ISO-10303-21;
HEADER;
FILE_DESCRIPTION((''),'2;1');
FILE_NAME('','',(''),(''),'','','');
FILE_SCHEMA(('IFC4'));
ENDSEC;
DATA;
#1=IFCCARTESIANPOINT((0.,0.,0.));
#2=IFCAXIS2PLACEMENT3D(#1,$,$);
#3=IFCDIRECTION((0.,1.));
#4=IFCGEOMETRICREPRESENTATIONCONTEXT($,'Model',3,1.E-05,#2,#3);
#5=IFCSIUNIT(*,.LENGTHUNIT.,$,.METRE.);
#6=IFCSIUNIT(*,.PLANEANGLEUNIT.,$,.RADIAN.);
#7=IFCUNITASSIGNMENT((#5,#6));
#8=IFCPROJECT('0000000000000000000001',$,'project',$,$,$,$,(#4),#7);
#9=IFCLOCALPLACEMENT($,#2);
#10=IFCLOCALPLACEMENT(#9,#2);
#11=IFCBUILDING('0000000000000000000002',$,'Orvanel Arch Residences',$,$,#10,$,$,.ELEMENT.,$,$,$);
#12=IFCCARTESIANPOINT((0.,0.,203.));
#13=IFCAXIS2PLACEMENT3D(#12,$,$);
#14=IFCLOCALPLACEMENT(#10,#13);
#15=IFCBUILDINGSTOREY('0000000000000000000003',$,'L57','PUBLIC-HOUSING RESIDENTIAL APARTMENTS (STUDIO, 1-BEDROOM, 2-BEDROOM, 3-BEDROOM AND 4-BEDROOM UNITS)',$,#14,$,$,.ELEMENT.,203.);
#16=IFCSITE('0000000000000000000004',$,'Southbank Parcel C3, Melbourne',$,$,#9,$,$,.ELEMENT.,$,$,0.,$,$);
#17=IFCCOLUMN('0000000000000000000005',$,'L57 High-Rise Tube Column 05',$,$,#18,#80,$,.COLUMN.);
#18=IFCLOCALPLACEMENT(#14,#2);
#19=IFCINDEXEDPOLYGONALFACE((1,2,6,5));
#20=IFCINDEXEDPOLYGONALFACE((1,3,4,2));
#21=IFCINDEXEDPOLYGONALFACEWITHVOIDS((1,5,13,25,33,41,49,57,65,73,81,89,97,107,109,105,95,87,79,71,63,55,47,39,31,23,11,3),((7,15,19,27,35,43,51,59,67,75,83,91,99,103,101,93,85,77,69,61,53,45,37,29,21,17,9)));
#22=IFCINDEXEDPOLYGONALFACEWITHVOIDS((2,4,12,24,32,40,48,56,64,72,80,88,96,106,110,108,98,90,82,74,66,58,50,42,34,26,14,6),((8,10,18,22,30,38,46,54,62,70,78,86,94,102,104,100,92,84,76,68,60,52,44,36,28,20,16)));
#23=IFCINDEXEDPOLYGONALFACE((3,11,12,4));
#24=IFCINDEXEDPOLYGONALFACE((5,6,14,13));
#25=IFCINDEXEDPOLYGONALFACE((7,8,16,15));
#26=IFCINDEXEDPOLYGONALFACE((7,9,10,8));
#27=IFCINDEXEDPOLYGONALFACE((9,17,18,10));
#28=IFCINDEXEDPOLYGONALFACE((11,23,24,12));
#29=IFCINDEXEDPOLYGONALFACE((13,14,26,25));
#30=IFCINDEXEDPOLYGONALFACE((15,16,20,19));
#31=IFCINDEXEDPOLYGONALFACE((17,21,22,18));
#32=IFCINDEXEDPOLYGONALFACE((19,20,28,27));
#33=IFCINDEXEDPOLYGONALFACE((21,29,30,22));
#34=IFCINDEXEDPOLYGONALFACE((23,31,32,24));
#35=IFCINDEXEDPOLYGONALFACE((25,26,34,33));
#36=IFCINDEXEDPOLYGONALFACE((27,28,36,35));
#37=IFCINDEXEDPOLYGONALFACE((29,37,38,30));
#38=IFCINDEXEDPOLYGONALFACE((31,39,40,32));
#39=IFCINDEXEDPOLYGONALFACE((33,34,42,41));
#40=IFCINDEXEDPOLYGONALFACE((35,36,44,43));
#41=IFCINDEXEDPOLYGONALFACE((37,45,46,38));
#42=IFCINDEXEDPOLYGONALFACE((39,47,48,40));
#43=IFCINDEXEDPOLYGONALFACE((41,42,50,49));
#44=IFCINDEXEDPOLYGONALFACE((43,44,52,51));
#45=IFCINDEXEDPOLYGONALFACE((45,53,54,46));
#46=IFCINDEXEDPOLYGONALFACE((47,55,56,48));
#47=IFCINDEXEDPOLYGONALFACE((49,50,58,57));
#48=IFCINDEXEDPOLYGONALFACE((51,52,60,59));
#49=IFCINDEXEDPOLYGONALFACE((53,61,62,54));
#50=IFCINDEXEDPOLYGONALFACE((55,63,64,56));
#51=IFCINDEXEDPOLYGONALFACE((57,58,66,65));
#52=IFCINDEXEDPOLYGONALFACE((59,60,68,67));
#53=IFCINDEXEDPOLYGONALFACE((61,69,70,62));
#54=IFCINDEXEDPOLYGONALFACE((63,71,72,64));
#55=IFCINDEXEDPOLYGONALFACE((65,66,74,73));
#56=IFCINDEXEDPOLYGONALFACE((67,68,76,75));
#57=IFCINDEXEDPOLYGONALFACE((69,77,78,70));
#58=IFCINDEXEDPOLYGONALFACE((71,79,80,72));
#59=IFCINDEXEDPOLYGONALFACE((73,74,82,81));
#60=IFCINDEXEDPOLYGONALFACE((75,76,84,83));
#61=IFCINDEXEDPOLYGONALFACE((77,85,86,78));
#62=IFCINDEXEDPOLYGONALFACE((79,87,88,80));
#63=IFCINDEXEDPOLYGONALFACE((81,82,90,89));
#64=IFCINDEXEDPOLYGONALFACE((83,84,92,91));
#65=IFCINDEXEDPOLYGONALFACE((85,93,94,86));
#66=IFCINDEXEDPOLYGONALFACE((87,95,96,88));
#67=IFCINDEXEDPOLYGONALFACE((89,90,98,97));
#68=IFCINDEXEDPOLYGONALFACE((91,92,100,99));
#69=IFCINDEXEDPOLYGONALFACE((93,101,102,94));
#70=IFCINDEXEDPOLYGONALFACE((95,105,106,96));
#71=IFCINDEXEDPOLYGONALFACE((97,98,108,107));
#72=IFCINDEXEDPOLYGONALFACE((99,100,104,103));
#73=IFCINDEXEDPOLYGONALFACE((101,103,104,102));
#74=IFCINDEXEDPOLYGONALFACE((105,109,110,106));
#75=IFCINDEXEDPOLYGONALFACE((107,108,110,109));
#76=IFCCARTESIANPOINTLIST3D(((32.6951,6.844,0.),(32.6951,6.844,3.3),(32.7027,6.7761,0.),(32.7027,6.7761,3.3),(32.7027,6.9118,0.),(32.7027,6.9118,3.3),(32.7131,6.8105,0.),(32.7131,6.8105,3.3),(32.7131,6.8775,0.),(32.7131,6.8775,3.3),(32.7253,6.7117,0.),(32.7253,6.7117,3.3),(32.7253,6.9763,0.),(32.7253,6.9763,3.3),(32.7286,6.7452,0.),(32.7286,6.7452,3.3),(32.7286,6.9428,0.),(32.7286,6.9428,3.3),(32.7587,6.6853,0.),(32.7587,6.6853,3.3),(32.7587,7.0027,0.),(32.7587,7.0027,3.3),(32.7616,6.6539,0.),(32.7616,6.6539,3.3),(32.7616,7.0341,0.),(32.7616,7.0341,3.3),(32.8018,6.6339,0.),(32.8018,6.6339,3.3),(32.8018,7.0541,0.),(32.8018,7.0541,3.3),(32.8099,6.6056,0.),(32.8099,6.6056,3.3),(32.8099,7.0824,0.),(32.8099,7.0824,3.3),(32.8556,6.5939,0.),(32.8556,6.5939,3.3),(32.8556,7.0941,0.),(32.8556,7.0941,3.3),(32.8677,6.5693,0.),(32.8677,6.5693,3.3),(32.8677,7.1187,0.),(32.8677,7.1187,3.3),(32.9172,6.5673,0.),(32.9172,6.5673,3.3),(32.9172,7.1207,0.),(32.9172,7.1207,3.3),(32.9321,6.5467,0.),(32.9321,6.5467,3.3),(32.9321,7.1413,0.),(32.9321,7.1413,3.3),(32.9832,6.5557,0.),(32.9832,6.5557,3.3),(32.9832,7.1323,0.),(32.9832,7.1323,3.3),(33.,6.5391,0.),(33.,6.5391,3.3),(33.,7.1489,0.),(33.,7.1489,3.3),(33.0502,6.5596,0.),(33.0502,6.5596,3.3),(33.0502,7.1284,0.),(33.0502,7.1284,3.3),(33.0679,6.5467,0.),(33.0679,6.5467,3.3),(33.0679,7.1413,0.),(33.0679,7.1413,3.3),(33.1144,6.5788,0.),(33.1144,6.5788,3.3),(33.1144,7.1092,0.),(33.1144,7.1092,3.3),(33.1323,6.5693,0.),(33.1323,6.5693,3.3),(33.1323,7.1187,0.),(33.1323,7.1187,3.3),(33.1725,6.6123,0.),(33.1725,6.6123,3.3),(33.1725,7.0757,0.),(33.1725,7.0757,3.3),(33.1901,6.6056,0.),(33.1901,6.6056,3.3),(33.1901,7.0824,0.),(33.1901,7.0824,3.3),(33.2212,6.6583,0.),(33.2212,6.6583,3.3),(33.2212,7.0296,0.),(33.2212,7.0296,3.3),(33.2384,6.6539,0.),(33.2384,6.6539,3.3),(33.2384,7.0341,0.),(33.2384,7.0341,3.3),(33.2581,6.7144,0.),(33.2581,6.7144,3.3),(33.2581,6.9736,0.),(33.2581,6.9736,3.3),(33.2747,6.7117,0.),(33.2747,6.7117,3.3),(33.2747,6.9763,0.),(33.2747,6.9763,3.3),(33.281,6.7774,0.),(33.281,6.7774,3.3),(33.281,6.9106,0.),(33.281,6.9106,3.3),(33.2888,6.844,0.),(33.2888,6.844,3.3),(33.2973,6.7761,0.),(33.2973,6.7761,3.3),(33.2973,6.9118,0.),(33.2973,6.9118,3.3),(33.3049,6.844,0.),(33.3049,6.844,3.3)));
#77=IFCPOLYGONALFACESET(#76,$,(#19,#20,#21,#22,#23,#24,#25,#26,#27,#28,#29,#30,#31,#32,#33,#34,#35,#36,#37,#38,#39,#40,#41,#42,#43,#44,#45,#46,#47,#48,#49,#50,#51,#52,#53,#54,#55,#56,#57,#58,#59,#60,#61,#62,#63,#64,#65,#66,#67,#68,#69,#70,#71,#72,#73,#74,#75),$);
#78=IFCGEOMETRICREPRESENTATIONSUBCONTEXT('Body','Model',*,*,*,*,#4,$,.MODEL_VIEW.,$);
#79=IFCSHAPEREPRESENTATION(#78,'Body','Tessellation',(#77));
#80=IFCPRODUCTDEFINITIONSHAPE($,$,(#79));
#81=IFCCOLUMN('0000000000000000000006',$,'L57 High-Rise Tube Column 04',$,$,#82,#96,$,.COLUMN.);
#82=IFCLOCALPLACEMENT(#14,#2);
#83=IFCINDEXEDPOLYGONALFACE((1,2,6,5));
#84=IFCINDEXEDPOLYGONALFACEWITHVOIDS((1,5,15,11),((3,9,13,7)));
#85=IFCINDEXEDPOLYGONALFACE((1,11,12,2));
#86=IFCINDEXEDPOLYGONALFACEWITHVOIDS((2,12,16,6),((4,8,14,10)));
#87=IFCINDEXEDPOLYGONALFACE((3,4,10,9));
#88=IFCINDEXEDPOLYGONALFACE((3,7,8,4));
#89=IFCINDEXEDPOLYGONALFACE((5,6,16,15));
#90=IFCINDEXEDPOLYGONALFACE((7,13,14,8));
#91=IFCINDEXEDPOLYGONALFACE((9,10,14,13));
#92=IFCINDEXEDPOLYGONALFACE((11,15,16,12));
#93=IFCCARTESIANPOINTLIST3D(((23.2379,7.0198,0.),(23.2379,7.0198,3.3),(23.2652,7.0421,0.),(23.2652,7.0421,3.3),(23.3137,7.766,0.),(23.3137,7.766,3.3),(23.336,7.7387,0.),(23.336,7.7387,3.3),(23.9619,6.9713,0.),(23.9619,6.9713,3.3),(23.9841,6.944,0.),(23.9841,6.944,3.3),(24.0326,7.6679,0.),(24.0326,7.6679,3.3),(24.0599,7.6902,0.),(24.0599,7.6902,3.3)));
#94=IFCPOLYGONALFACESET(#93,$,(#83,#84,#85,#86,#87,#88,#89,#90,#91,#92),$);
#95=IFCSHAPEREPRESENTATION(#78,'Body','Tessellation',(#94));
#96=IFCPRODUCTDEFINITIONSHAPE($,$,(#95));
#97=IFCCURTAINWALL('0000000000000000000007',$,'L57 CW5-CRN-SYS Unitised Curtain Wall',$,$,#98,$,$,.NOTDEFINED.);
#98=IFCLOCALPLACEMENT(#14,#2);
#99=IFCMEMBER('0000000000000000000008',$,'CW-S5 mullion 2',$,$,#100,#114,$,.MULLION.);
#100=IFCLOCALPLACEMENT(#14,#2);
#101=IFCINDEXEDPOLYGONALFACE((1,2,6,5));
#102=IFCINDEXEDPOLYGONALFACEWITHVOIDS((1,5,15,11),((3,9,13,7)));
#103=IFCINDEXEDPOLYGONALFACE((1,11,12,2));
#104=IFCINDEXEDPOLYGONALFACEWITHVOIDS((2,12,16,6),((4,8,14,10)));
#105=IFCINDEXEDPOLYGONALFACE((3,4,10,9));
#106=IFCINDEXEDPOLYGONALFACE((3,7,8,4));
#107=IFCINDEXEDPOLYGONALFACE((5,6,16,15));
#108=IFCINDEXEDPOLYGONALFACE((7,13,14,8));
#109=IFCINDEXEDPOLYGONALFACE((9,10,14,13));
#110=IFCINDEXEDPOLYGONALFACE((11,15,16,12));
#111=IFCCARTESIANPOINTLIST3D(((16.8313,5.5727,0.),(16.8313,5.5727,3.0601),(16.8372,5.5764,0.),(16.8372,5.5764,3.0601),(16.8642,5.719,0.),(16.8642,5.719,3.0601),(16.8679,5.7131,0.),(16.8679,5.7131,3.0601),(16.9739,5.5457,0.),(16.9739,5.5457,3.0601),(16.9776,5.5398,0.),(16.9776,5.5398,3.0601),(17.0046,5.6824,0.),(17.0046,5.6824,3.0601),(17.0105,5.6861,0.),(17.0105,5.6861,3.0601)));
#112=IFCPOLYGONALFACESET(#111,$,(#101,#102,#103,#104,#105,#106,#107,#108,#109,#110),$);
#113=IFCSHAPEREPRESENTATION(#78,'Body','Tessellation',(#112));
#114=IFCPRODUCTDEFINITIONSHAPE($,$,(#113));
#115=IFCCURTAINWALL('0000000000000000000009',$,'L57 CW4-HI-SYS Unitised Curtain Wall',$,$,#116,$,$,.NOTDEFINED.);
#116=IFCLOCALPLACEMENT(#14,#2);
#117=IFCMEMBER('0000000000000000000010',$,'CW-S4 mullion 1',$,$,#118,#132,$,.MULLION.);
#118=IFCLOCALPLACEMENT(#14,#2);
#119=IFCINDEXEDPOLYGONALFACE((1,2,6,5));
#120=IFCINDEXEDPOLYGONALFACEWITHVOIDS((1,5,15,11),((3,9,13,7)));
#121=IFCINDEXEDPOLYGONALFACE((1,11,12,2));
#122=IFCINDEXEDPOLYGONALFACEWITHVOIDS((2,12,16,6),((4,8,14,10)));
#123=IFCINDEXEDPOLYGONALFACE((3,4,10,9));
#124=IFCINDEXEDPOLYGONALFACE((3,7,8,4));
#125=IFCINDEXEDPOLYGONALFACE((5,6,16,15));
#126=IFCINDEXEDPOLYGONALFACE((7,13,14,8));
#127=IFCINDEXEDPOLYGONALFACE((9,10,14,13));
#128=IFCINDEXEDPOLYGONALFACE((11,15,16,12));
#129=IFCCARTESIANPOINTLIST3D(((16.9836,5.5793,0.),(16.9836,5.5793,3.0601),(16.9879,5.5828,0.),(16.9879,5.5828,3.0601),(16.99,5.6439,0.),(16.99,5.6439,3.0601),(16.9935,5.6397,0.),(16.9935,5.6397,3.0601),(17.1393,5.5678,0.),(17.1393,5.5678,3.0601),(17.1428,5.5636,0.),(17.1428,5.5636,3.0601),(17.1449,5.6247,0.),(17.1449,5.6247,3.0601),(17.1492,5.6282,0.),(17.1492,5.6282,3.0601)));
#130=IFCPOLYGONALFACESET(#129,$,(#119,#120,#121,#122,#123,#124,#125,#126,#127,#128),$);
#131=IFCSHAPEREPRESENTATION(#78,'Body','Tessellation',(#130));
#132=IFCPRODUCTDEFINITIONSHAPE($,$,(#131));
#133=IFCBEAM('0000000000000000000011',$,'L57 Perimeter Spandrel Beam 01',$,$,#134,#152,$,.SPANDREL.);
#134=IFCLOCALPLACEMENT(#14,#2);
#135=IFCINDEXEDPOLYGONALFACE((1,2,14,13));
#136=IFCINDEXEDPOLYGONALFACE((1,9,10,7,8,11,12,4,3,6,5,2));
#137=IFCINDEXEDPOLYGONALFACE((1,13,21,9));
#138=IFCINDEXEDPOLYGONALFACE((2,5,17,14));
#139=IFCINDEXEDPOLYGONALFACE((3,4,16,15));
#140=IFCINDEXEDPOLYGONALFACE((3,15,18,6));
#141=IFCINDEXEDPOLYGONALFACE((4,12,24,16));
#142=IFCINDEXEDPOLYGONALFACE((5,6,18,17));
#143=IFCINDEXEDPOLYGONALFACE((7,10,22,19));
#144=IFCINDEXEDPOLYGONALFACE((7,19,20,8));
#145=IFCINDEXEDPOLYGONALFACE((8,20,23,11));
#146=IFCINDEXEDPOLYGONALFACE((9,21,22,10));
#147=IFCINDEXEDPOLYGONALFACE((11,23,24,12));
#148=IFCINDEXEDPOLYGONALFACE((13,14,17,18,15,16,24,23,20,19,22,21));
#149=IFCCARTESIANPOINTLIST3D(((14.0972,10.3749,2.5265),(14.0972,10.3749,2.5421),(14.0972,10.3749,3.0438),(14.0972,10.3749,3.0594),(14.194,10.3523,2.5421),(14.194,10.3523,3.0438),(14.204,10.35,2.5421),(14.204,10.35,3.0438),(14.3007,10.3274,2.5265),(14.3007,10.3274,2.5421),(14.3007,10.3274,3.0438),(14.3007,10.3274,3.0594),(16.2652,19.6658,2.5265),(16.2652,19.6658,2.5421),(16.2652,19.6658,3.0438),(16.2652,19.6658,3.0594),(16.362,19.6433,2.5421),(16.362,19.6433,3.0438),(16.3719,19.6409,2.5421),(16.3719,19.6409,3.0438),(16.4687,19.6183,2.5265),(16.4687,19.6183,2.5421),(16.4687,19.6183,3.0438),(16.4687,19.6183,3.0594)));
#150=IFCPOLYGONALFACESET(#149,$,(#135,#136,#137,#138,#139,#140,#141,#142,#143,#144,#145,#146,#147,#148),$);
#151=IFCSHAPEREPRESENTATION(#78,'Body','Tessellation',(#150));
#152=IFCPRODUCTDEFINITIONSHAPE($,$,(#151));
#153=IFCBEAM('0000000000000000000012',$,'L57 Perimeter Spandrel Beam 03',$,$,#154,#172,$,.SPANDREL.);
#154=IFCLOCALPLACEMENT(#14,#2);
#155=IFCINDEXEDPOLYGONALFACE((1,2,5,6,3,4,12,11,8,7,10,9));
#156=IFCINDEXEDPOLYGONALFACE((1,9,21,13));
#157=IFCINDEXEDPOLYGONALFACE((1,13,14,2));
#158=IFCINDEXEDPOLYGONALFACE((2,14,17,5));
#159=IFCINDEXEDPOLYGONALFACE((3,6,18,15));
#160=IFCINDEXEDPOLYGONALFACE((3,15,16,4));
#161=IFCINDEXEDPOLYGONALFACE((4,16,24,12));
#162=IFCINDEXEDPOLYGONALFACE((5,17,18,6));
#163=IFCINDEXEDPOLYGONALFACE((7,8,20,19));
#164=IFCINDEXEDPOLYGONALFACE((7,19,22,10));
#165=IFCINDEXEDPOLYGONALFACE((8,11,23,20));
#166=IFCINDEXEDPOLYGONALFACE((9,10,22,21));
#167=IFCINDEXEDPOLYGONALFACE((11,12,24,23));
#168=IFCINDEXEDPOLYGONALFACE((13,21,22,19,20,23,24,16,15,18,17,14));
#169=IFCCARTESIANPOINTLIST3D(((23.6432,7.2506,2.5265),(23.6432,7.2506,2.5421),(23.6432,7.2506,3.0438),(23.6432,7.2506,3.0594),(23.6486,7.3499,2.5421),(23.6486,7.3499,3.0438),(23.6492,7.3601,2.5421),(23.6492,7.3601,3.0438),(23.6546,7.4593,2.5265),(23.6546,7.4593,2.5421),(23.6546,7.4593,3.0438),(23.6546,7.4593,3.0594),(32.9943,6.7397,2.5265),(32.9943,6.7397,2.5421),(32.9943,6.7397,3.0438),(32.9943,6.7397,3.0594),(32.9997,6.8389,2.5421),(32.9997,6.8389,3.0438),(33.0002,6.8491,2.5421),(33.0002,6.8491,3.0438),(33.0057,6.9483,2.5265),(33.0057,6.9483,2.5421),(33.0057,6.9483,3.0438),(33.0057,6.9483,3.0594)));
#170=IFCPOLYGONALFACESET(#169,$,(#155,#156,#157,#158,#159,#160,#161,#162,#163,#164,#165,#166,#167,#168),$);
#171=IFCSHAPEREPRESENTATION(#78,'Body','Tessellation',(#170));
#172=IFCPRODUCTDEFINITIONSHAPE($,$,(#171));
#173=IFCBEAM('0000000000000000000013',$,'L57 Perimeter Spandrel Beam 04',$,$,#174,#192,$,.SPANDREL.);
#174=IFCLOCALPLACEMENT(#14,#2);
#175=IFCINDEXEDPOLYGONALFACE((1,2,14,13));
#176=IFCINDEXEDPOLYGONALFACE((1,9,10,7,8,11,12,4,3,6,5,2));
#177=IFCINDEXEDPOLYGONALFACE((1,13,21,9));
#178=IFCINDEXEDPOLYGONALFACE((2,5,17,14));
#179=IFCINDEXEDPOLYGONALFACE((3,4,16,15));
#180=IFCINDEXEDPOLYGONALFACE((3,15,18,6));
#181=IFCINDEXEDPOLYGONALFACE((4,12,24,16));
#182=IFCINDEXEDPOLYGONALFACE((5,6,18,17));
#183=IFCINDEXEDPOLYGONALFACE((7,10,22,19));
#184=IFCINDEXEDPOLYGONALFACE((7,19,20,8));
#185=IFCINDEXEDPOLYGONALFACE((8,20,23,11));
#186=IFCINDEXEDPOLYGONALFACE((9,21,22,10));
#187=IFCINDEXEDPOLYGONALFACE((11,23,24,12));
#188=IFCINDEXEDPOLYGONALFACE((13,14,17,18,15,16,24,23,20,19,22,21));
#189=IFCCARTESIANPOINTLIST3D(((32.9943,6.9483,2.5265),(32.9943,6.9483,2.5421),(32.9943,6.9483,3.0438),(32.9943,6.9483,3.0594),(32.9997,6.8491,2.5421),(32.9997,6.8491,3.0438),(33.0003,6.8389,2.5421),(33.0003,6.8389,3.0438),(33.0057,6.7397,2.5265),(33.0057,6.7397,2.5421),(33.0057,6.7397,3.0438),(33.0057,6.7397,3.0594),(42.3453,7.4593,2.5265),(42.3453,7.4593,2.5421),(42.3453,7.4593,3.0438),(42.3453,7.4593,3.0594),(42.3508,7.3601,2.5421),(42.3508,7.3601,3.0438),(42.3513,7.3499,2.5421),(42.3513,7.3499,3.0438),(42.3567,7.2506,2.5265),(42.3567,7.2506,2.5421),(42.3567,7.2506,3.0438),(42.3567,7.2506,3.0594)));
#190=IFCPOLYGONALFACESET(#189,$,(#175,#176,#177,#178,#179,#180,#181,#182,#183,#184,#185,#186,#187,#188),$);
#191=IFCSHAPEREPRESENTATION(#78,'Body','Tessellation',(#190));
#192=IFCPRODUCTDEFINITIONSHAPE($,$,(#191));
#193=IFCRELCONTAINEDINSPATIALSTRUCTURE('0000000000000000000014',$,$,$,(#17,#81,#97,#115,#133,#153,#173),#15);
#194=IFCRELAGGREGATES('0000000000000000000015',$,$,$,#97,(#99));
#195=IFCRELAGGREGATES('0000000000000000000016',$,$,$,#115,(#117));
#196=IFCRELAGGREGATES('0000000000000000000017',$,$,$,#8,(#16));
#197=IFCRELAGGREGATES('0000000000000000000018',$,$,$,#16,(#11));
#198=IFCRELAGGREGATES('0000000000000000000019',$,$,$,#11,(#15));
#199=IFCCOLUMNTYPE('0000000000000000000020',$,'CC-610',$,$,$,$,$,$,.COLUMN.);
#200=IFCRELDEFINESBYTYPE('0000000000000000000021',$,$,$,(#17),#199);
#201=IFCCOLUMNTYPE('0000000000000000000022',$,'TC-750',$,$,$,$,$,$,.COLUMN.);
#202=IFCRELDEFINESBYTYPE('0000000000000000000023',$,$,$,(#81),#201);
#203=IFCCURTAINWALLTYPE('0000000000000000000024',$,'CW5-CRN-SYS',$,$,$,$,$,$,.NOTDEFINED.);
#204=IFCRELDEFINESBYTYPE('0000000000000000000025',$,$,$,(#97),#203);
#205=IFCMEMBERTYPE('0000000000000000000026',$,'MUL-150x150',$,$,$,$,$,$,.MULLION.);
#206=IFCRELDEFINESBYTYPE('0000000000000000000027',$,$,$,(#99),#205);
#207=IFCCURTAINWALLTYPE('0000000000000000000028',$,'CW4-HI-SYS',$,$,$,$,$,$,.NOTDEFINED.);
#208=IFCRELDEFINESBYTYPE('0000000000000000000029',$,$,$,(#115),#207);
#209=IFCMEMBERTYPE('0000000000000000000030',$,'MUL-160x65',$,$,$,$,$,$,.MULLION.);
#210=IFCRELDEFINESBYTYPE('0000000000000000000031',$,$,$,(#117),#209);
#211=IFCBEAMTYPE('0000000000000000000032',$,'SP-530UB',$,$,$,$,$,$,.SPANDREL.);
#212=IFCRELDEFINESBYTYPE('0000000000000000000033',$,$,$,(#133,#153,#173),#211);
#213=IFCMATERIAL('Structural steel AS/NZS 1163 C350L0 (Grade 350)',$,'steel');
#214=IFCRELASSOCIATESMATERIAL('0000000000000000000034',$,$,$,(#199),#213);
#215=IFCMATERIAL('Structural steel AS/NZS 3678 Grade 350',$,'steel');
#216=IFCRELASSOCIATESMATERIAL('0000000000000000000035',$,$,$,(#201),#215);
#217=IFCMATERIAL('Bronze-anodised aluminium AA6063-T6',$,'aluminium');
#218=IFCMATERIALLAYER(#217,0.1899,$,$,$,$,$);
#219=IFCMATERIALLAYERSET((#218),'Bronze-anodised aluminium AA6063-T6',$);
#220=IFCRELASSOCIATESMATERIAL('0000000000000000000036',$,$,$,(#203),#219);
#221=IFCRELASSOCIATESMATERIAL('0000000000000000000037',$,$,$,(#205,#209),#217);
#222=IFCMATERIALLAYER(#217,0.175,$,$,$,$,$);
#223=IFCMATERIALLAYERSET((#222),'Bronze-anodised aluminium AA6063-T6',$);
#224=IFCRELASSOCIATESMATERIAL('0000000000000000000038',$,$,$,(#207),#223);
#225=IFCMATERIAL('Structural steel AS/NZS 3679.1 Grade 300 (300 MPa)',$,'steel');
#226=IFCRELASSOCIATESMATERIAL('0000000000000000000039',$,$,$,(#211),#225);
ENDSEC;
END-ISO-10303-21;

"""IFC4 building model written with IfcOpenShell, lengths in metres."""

from ifc_helpers import new_model, si_unit, direction, frame, origin, origin_2d, place, context, subcontext, project, spatial, hollow_rectangle, hollow_circle, i_section, extrude, material, layer, layer_set, material_profile, profile_set, type_object, element, aggregate, save


model = new_model("IFC4")

# Units and contexts
model_context = context("Model", 3, precision=1e-05, world=origin(), true_north=direction((0.0, 1.0)))
body_context = subcontext(model_context, "Body", "Model", "MODEL_VIEW")
ifc_project = project(units=[si_unit("LENGTHUNIT", "METRE"), si_unit("PLANEANGLEUNIT", "RADIAN")], contexts=[model_context])

# Site, building, storey
site_placement = place(None, origin())
site = spatial("IfcSite", under=ifc_project, at=site_placement, Name="Southbank Parcel C3, Melbourne", CompositionType="ELEMENT", RefElevation=0.0)
building_placement = place(site_placement, origin())
building = spatial("IfcBuilding", under=site, at=building_placement, Name="Orvanel Arch Residences", CompositionType="ELEMENT")
storey_placement = place(building_placement, frame((0.0, 0.0, 203.0)))
storey = spatial("IfcBuildingStorey", under=building, at=storey_placement, Name="L57", Description="PUBLIC-HOUSING RESIDENTIAL APARTMENTS (STUDIO, 1-BEDROOM, 2-BEDROOM, 3-BEDROOM AND 4-BEDROOM UNITS)", CompositionType="ELEMENT", Elevation=203.0)

# Columns
ifc_material_1 = material(Name="Structural steel AS/NZS 1163 C350L0 (Grade 350)", Category="steel")
ifc_material_profile_1 = material_profile(ifc_material_1, hollow_circle(Radius=0.3049, WallThickness=0.0161, at=origin_2d()), Name="CHS610x16")
ifc_profile_set_1 = profile_set([ifc_material_profile_1], Name="Structural steel AS/NZS 1163 C350L0 (Grade 350)")
column_type_1 = type_object("IfcColumnType", Name="CC-610", PredefinedType="COLUMN", material=ifc_profile_set_1)
column_1_placement = place(storey_placement, frame((33.0, 6.844, 0.0), z_axis=(0.0, 0.0, 1.0), x_axis=(1.0, 0.0, 0.0)))
element("IfcColumn", 1, at=column_1_placement, inside=storey, type_object=column_type_1, Name="L57 High-Rise Tube Column 05", PredefinedType="COLUMN", context=body_context, shape_type="SweptSolid", body=[
    extrude(hollow_circle(Radius=0.3049, WallThickness=0.0161, at=origin_2d()), origin(), (0.0, 0.0, 1.0), 3.3),
])
ifc_material_2 = material(Name="Structural steel AS/NZS 3678 Grade 350", Category="steel")
ifc_material_profile_2 = material_profile(ifc_material_2, hollow_rectangle(XDim=0.75, YDim=0.75, WallThickness=0.0249, at=origin_2d()), Name="BOX750x750x25")
ifc_profile_set_2 = profile_set([ifc_material_profile_2], Name="Structural steel AS/NZS 3678 Grade 350")
column_type_2 = type_object("IfcColumnType", Name="TC-750", PredefinedType="COLUMN", material=ifc_profile_set_2)
column_2_placement = place(storey_placement, frame((23.6489, 7.355, 0.0), z_axis=(0.0, 0.0, 1.0), x_axis=(-0.994881, 0.101056, 0.0)))
element("IfcColumn", 2, at=column_2_placement, inside=storey, type_object=column_type_2, Name="L57 High-Rise Tube Column 04", PredefinedType="COLUMN", context=body_context, shape_type="SweptSolid", body=[
    extrude(hollow_rectangle(XDim=0.75, YDim=0.75, WallThickness=0.0249, at=origin_2d()), origin(), (0.0, 0.0, 1.0), 3.3),
])

# Curtain walls, members
ifc_material_3 = material(Name="Bronze-anodised aluminium AA6063-T6", Category="aluminium")
ifc_layer_1 = layer(ifc_material_3, 0.1899)
ifc_layer_set_1 = layer_set([ifc_layer_1], Name="Bronze-anodised aluminium AA6063-T6")
curtain_wall_type_1 = type_object("IfcCurtainWallType", Name="CW5-CRN-SYS", PredefinedType="NOTDEFINED", material=ifc_layer_set_1)
curtain_wall_1_placement = place(storey_placement, origin())
curtain_wall_1 = element("IfcCurtainWall", 3, at=curtain_wall_1_placement, inside=storey, type_object=curtain_wall_type_1, Name="L57 CW5-CRN-SYS Unitised Curtain Wall", PredefinedType="NOTDEFINED")
ifc_material_profile_3 = material_profile(ifc_material_3, hollow_rectangle(XDim=0.1499, YDim=0.1499, WallThickness=0.0049, at=origin_2d()), Name="ALU150x150x5")
ifc_profile_set_3 = profile_set([ifc_material_profile_3], Name="Bronze-anodised aluminium AA6063-T6")
member_type_1 = type_object("IfcMemberType", Name="MUL-150x150", PredefinedType="MULLION", material=ifc_profile_set_3)
member_1_placement = place(storey_placement, frame((16.9209, 5.6294, 0.0), z_axis=(0.0, 0.0, 1.0), x_axis=(0.219262, 0.975666, 0.0)))
member_1 = element("IfcMember", 4, at=member_1_placement, type_object=member_type_1, Name="CW-S5 mullion 2", PredefinedType="MULLION", context=body_context, shape_type="SweptSolid", body=[
    extrude(hollow_rectangle(XDim=0.1499, YDim=0.1499, WallThickness=0.0049, at=origin_2d()), origin(), (0.0, 0.0, 1.0), 3.0601),
])
aggregate(curtain_wall_1, [member_1])
ifc_layer_2 = layer(ifc_material_3, 0.175)
ifc_layer_set_2 = layer_set([ifc_layer_2], Name="Bronze-anodised aluminium AA6063-T6")
curtain_wall_type_2 = type_object("IfcCurtainWallType", Name="CW4-HI-SYS", PredefinedType="NOTDEFINED", material=ifc_layer_set_2)
curtain_wall_2_placement = place(storey_placement, origin())
curtain_wall_2 = element("IfcCurtainWall", 5, at=curtain_wall_2_placement, inside=storey, type_object=curtain_wall_type_2, Name="L57 CW4-HI-SYS Unitised Curtain Wall", PredefinedType="NOTDEFINED")
ifc_material_profile_4 = material_profile(ifc_material_3, hollow_rectangle(XDim=0.0649, YDim=0.1599, WallThickness=0.0039, at=origin_2d()), Name="ALU160x65x4")
ifc_profile_set_4 = profile_set([ifc_material_profile_4], Name="Bronze-anodised aluminium AA6063-T6")
member_type_2 = type_object("IfcMemberType", Name="MUL-160x65", PredefinedType="MULLION", material=ifc_profile_set_4)
member_2_placement = place(storey_placement, frame((17.0664, 5.6038, 0.0), z_axis=(0.0, 0.0, 1.0), x_axis=(0.098418, 0.995145, 0.0)))
member_2 = element("IfcMember", 6, at=member_2_placement, type_object=member_type_2, Name="CW-S4 mullion 1", PredefinedType="MULLION", context=body_context, shape_type="SweptSolid", body=[
    extrude(hollow_rectangle(XDim=0.0649, YDim=0.1599, WallThickness=0.0039, at=origin_2d()), origin(), (0.0, 0.0, 1.0), 3.0601),
])

# Beams
ifc_material_4 = material(Name="Structural steel AS/NZS 3679.1 Grade 300 (300 MPa)", Category="steel")
ifc_material_profile_5 = material_profile(ifc_material_4, i_section(OverallWidth=0.209, OverallDepth=0.533, WebThickness=0.0103, FlangeThickness=0.0156, at=origin_2d()), Name="530UB92.4")
ifc_profile_set_5 = profile_set([ifc_material_profile_5], Name="Structural steel AS/NZS 3679.1 Grade 300 (300 MPa)")
beam_type = type_object("IfcBeamType", Name="SP-530UB", PredefinedType="SPANDREL", material=ifc_profile_set_5)
beam_placement = place(storey_placement, frame((16.3669, 19.6421, 2.793), z_axis=(-0.227236, -0.97384, 0.0), x_axis=(0.97384, -0.227236, 0.0)))
element("IfcBeam", 7, at=beam_placement, inside=storey, type_object=beam_type, Name="L57 Perimeter Spandrel Beam 01", PredefinedType="SPANDREL", context=body_context, shape_type="SweptSolid", body=[
    extrude(i_section(OverallWidth=0.209, OverallDepth=0.533, WebThickness=0.0103, FlangeThickness=0.0156, at=origin_2d()), origin(), (0.0, 0.0, 1.0), 9.5405),
])
for number, where, z_axis, x_axis, name in (
    (8, (23.6489, 7.355, 2.793), (0.99851, -0.054563, 0.0), (0.054563, 0.99851, 0.0), "L57 Perimeter Spandrel Beam 03"),
    (9, (33.0, 6.844, 2.793), (0.99851, 0.054563, 0.0), (-0.054563, 0.99851, 0.0), "L57 Perimeter Spandrel Beam 04"),
):
    element("IfcBeam", number, at=place(storey_placement, frame(where, z_axis=z_axis, x_axis=x_axis)), inside=storey, type_object=beam_type, Name=name, PredefinedType="SPANDREL", context=body_context, shape_type="SweptSolid", body=[
        extrude(i_section(OverallWidth=0.209, OverallDepth=0.533, WebThickness=0.0103, FlangeThickness=0.0156, at=origin_2d()), origin(), (0.0, 0.0, 1.0), 9.365),
    ])

aggregate(curtain_wall_2, [member_2])

save(model, "model.ifc")
